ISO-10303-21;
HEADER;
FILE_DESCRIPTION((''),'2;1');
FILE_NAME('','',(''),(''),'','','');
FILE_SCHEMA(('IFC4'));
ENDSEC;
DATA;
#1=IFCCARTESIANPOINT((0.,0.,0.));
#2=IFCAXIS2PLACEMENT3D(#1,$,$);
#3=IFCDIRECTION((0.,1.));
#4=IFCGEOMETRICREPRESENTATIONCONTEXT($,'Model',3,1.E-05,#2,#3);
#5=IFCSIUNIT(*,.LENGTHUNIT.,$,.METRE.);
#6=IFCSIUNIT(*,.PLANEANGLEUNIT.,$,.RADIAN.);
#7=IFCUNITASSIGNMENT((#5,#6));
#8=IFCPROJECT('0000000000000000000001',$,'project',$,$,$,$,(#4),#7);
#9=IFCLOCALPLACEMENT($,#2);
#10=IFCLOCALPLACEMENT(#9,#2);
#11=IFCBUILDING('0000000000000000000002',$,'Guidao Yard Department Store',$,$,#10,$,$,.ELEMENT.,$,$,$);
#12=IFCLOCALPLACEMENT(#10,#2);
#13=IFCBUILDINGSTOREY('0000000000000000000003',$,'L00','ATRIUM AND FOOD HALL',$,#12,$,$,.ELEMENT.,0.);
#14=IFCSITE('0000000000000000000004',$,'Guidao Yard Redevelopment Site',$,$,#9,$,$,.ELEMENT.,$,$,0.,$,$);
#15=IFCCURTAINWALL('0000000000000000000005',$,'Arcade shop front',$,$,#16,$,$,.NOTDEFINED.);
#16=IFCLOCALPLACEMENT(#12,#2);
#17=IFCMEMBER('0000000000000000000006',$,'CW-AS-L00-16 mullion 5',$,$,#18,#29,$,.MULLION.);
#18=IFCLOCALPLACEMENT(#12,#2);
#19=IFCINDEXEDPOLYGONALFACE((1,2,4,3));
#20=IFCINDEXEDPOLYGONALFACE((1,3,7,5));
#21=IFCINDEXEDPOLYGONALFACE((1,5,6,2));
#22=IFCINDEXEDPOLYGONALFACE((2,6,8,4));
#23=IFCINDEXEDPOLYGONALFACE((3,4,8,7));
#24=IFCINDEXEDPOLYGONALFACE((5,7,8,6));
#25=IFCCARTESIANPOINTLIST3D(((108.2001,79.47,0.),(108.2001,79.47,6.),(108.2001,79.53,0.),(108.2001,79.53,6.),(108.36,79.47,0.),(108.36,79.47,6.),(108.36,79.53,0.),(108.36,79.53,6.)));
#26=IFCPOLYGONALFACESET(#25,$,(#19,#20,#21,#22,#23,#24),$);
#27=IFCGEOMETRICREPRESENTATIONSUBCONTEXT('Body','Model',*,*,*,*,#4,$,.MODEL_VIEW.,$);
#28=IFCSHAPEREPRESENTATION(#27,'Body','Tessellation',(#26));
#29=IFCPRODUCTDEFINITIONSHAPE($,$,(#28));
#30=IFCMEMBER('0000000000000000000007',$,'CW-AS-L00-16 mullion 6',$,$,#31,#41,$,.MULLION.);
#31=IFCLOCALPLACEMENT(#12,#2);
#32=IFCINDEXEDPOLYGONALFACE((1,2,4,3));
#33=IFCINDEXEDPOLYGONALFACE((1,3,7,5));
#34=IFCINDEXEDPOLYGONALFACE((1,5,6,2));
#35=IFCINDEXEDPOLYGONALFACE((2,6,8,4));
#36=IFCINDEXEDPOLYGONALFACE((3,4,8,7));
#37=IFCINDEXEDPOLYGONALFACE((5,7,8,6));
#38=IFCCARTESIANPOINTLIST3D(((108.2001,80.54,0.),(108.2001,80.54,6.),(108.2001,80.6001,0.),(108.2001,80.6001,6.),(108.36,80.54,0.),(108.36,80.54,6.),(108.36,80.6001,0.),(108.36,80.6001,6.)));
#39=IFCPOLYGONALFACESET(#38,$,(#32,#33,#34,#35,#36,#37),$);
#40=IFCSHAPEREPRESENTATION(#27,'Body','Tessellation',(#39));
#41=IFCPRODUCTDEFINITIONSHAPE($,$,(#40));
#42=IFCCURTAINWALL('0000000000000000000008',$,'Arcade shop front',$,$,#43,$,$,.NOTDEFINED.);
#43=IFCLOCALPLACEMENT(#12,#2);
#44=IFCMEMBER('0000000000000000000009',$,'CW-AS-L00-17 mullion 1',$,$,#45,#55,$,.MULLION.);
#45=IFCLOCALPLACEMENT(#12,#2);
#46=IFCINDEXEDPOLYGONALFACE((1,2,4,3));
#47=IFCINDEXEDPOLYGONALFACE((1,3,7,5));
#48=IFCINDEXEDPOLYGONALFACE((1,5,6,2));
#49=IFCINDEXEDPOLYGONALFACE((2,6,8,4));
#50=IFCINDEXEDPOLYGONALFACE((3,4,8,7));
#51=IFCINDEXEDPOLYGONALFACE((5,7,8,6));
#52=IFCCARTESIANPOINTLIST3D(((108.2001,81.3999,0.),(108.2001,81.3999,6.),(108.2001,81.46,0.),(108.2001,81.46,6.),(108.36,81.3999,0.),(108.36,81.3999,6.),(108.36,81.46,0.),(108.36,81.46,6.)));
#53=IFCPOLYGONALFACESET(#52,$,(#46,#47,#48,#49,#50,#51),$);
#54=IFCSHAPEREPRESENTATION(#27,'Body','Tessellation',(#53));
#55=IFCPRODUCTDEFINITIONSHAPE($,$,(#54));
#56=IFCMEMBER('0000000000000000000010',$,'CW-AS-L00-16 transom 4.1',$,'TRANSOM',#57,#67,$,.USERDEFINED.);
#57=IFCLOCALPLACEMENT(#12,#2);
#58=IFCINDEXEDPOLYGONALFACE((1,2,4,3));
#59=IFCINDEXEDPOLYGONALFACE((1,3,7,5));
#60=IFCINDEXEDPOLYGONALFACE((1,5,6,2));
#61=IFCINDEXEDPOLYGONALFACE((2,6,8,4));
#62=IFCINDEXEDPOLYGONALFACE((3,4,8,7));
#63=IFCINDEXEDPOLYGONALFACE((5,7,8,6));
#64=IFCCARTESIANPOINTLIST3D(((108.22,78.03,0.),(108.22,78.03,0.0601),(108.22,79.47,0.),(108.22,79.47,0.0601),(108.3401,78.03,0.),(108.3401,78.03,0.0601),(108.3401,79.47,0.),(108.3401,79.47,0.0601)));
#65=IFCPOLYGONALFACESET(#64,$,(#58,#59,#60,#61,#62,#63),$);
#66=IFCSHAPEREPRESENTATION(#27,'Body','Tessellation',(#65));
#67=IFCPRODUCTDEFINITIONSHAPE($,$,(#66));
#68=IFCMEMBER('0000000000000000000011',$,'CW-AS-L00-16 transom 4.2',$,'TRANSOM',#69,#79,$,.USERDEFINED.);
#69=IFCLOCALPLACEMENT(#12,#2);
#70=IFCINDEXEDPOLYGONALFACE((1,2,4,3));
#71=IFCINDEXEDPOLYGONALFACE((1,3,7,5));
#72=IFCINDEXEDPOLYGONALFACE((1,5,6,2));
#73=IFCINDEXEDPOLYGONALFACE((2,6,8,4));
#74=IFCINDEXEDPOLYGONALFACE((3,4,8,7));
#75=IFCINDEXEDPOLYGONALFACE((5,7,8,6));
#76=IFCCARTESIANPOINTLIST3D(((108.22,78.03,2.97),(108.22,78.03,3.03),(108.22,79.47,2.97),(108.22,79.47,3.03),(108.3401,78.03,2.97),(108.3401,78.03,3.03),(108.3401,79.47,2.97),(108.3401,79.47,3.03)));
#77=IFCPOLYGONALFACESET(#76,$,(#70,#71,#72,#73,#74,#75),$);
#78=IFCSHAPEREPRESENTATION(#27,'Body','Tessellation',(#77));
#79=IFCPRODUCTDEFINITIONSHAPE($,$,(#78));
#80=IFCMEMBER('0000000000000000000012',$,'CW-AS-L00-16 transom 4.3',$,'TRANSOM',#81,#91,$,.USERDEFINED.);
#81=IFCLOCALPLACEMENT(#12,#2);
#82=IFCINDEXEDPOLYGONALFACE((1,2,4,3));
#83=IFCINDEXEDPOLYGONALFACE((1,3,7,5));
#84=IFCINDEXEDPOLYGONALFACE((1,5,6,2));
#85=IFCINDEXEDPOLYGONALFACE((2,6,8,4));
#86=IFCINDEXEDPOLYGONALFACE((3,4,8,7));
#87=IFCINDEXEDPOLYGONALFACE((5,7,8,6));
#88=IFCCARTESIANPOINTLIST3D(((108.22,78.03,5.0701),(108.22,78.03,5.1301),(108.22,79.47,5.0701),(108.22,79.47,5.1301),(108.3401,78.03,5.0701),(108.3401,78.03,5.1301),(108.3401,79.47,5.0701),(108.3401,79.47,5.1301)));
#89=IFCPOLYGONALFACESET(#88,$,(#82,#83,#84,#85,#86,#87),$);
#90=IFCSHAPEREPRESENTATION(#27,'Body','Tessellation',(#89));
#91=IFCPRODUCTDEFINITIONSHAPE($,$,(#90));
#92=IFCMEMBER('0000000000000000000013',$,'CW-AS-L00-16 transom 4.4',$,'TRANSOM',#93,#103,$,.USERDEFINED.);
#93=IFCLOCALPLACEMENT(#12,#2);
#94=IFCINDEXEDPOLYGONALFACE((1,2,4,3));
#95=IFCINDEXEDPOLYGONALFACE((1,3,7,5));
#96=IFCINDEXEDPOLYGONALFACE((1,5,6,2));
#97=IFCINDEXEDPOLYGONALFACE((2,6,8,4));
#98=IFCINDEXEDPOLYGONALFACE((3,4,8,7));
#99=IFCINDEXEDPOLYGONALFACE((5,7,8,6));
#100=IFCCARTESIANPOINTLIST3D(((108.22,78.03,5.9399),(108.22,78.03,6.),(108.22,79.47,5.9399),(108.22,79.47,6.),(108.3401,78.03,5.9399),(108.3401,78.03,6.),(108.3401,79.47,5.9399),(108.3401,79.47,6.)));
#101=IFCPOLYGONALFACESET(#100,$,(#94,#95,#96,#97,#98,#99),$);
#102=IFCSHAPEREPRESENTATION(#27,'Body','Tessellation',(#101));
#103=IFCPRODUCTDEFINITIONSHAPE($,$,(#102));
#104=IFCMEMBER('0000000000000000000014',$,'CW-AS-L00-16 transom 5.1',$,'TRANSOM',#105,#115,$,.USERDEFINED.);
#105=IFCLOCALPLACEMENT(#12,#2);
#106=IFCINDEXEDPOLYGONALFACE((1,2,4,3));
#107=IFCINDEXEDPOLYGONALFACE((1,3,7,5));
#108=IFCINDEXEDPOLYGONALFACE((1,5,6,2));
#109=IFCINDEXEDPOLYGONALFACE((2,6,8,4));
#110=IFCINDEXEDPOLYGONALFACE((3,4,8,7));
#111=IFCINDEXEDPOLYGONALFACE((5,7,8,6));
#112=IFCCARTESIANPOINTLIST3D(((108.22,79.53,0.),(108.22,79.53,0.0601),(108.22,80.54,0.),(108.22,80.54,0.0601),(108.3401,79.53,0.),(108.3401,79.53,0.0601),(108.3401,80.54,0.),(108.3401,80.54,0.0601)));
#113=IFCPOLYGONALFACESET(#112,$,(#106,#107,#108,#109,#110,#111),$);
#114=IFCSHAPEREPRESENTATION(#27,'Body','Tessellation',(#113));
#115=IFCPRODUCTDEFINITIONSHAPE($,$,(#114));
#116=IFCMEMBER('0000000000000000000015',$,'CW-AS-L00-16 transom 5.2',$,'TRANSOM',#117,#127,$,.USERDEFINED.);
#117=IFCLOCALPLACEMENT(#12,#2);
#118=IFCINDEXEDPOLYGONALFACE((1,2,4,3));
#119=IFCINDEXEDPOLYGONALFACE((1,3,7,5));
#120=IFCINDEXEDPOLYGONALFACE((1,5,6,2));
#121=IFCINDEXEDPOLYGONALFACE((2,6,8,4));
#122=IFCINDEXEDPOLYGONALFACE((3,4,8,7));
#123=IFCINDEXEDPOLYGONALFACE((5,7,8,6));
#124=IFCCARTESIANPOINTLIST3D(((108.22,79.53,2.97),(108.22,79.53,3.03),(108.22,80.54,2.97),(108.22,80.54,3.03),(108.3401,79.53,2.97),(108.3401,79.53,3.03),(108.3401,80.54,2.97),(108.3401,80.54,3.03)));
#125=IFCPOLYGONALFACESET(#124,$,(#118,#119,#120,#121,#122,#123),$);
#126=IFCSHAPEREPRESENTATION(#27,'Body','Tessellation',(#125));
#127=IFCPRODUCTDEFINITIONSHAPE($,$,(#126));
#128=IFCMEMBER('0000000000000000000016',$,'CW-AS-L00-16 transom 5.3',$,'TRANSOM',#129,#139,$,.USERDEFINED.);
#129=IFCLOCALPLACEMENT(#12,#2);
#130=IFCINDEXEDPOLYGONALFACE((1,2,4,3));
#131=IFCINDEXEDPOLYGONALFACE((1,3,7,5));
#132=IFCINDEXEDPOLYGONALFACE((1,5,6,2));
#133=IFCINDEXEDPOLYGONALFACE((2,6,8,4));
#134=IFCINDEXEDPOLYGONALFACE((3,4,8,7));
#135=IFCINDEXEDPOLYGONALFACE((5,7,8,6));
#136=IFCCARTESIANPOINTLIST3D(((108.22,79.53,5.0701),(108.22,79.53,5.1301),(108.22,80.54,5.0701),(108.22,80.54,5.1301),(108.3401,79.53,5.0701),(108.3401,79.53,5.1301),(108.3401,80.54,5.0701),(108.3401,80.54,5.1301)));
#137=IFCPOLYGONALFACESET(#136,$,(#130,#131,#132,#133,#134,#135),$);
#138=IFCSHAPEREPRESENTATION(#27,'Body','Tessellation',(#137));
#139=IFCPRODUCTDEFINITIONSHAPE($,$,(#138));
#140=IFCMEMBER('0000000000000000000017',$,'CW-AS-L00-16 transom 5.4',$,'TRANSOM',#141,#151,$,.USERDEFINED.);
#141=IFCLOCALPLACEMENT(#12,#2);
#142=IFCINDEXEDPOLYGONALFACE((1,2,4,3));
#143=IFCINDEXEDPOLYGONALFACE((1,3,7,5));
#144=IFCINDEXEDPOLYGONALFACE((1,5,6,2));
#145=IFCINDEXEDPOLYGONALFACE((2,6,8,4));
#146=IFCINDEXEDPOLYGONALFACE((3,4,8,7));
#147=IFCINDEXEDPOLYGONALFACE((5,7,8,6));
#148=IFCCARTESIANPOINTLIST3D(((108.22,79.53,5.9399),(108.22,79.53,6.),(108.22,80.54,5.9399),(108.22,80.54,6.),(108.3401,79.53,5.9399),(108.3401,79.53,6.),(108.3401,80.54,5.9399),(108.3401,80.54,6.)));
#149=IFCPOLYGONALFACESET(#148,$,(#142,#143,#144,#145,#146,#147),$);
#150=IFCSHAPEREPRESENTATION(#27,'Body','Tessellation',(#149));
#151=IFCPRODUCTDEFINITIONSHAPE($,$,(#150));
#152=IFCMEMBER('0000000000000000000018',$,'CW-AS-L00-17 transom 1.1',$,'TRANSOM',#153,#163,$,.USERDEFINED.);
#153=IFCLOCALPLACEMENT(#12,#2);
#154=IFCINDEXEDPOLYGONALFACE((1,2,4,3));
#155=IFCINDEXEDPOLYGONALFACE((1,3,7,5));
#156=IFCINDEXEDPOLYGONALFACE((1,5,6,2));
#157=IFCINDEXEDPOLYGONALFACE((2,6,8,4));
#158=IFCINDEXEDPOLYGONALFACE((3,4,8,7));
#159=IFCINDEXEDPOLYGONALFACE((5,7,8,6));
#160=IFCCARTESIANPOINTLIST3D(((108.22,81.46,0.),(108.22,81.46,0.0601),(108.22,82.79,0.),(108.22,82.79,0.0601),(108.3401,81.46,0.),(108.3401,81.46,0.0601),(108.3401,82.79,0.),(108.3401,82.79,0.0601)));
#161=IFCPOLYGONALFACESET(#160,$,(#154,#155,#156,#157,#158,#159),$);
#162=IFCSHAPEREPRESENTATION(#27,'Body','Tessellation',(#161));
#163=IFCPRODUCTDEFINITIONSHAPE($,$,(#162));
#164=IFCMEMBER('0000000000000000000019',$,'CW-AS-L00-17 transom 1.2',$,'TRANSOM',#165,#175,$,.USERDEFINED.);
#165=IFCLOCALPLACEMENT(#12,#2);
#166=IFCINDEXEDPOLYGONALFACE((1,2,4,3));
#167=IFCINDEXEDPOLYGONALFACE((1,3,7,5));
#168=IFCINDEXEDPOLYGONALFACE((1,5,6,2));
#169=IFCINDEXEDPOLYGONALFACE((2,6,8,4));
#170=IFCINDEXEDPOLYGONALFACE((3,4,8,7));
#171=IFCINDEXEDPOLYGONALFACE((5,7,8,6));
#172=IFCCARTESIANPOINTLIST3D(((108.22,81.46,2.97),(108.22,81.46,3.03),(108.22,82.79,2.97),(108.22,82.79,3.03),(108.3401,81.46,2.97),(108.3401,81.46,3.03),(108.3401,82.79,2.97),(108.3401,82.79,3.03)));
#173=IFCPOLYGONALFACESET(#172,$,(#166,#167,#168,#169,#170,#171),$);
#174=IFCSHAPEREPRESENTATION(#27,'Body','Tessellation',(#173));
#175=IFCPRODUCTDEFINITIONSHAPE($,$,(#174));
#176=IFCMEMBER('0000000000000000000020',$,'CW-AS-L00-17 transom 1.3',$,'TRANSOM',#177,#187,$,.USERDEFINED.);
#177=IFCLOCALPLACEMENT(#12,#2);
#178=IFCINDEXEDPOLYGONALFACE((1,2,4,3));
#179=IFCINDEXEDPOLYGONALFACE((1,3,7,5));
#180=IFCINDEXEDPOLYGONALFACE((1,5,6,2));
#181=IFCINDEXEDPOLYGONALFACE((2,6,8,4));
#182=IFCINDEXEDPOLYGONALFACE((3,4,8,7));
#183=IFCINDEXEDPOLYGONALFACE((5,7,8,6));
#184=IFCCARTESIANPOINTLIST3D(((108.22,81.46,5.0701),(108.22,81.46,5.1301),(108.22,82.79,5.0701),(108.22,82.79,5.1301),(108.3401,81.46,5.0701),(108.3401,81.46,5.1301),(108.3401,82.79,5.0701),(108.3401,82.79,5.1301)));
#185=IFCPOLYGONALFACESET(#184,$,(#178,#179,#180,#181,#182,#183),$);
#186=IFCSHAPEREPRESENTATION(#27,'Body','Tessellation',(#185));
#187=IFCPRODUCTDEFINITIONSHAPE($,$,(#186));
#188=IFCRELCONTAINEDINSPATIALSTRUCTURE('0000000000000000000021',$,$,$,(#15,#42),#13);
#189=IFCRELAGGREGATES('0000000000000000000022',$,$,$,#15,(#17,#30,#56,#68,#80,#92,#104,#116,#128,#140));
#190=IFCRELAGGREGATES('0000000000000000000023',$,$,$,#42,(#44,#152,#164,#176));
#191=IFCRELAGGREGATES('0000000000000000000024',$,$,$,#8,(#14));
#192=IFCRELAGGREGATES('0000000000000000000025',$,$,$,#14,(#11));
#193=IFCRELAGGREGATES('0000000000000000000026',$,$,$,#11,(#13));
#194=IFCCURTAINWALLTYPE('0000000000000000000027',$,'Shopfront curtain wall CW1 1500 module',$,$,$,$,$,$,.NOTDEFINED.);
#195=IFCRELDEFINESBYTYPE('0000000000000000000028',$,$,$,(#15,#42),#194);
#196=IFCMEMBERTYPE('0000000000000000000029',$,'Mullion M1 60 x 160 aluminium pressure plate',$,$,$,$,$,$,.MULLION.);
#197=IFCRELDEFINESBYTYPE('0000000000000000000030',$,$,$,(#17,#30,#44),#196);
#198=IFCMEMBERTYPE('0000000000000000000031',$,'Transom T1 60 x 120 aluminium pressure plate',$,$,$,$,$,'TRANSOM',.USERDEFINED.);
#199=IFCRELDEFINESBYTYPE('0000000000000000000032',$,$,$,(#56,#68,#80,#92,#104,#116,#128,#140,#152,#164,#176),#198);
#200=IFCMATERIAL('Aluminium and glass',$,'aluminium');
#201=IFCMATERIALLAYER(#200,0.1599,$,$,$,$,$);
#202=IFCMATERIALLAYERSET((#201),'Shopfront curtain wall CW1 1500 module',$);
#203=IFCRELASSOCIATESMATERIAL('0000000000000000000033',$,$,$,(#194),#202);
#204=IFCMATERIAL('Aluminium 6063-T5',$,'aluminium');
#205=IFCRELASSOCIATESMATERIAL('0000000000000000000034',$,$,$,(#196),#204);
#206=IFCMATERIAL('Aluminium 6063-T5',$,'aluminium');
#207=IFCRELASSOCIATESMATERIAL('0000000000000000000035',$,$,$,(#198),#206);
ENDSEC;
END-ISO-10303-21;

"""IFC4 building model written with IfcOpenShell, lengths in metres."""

from ifc_helpers import new_model, si_unit, direction, frame, origin, origin_2d, place, context, subcontext, project, spatial, rectangle, extrude, material, layer, layer_set, material_profile, profile_set, type_object, element, aggregate, save


model = new_model("IFC4")

# Units and contexts
model_context = context("Model", 3, precision=1e-05, world=origin(), true_north=direction((0.0, 1.0)))
body_context = subcontext(model_context, "Body", "Model", "MODEL_VIEW")
ifc_project = project(units=[si_unit("LENGTHUNIT", "METRE"), si_unit("PLANEANGLEUNIT", "RADIAN")], contexts=[model_context])

# Site, building, storey
site_placement = place(None, origin())
site = spatial("IfcSite", under=ifc_project, at=site_placement, Name="Guidao Yard Redevelopment Site", CompositionType="ELEMENT", RefElevation=0.0)
building_placement = place(site_placement, origin())
building = spatial("IfcBuilding", under=site, at=building_placement, Name="Guidao Yard Department Store", CompositionType="ELEMENT")
storey_placement = place(building_placement, origin())
storey = spatial("IfcBuildingStorey", under=building, at=storey_placement, Name="L00", Description="ATRIUM AND FOOD HALL", CompositionType="ELEMENT", Elevation=0.0)

# Curtain wall, members
ifc_material_1 = material(Name="Aluminium and glass", Category="aluminium")
ifc_layer_1 = layer(ifc_material_1, 0.1599)
ifc_layer_set_1 = layer_set([ifc_layer_1], Name="Shopfront curtain wall CW1 1500 module")
curtain_wall_type = type_object("IfcCurtainWallType", Name="Shopfront curtain wall CW1 1500 module", PredefinedType="NOTDEFINED", material=ifc_layer_set_1)
curtain_wall_1_placement = place(storey_placement, origin())
curtain_wall_1 = element("IfcCurtainWall", 1, at=curtain_wall_1_placement, inside=storey, type_object=curtain_wall_type, Name="Arcade shop front", PredefinedType="NOTDEFINED")
ifc_material_2 = material(Name="Aluminium 6063-T5", Category="aluminium")
ifc_material_profile_1 = material_profile(ifc_material_2, rectangle(XDim=0.0601, YDim=0.1599, at=origin_2d()), Name="Mullion M1 60 x 160 aluminium pressure plate")
ifc_profile_set_1 = profile_set([ifc_material_profile_1], Name="Aluminium 6063-T5")
member_type_1 = type_object("IfcMemberType", Name="Mullion M1 60 x 160 aluminium pressure plate", PredefinedType="MULLION", material=ifc_profile_set_1)
member_1_placement = place(storey_placement, frame((108.28, 79.5, 0.0), z_axis=(0.0, 0.0, 1.0), x_axis=(0.0, -1.0, 0.0)))
member_1 = element("IfcMember", 2, at=member_1_placement, type_object=member_type_1, Name="CW-AS-L00-16 mullion 5", PredefinedType="MULLION", context=body_context, shape_type="SweptSolid", body=[
    extrude(rectangle(XDim=0.0601, YDim=0.1599, at=origin_2d()), origin(), (0.0, 0.0, 1.0), 6.0),
])
member_2_placement = place(storey_placement, frame((108.28, 80.5701, 0.0), z_axis=(0.0, 0.0, 1.0), x_axis=(0.0, -1.0, 0.0)))
member_2 = element("IfcMember", 3, at=member_2_placement, type_object=member_type_1, Name="CW-AS-L00-16 mullion 6", PredefinedType="MULLION", context=body_context, shape_type="SweptSolid", body=[
    extrude(rectangle(XDim=0.0601, YDim=0.1599, at=origin_2d()), origin(), (0.0, 0.0, 1.0), 6.0),
])

# Curtain wall, member
curtain_wall_2_placement = place(storey_placement, origin())
curtain_wall_2 = element("IfcCurtainWall", 4, at=curtain_wall_2_placement, inside=storey, type_object=curtain_wall_type, Name="Arcade shop front", PredefinedType="NOTDEFINED")
member_3_placement = place(storey_placement, frame((108.28, 81.4299, 0.0), z_axis=(0.0, 0.0, 1.0), x_axis=(0.0, -1.0, 0.0)))
member_3 = element("IfcMember", 5, at=member_3_placement, type_object=member_type_1, Name="CW-AS-L00-17 mullion 1", PredefinedType="MULLION", context=body_context, shape_type="SweptSolid", body=[
    extrude(rectangle(XDim=0.0601, YDim=0.1599, at=origin_2d()), origin(), (0.0, 0.0, 1.0), 6.0),
])

# Members
ifc_material_3 = material(Name="Aluminium 6063-T5", Category="aluminium")
ifc_material_profile_2 = material_profile(ifc_material_3, rectangle(XDim=0.1201, YDim=0.0601, at=origin_2d()), Name="Transom T1 60 x 120 aluminium pressure plate")
ifc_profile_set_2 = profile_set([ifc_material_profile_2], Name="Aluminium 6063-T5")
member_type_2 = type_object("IfcMemberType", Name="Transom T1 60 x 120 aluminium pressure plate", ElementType="TRANSOM", PredefinedType="USERDEFINED", material=ifc_profile_set_2)
member_4_placement = place(storey_placement, frame((108.28, 79.47, 0.03), z_axis=(0.0, -1.0, 0.0), x_axis=(1.0, 0.0, 0.0)))
member_4 = element("IfcMember", 6, at=member_4_placement, type_object=member_type_2, Name="CW-AS-L00-16 transom 4.1", ObjectType="TRANSOM", PredefinedType="USERDEFINED", context=body_context, shape_type="SweptSolid", body=[
    extrude(rectangle(XDim=0.1201, YDim=0.0601, at=origin_2d()), origin(), (0.0, 0.0, 1.0), 1.4399),
])
member_5_placement = place(storey_placement, frame((108.28, 79.47, 3.0), z_axis=(0.0, -1.0, 0.0), x_axis=(1.0, 0.0, 0.0)))
member_5 = element("IfcMember", 7, at=member_5_placement, type_object=member_type_2, Name="CW-AS-L00-16 transom 4.2", ObjectType="TRANSOM", PredefinedType="USERDEFINED", context=body_context, shape_type="SweptSolid", body=[
    extrude(rectangle(XDim=0.1201, YDim=0.0601, at=origin_2d()), origin(), (0.0, 0.0, 1.0), 1.4399),
])
member_6_placement = place(storey_placement, frame((108.28, 79.47, 5.1001), z_axis=(0.0, -1.0, 0.0), x_axis=(1.0, 0.0, 0.0)))
member_6 = element("IfcMember", 8, at=member_6_placement, type_object=member_type_2, Name="CW-AS-L00-16 transom 4.3", ObjectType="TRANSOM", PredefinedType="USERDEFINED", context=body_context, shape_type="SweptSolid", body=[
    extrude(rectangle(XDim=0.1201, YDim=0.0601, at=origin_2d()), origin(), (0.0, 0.0, 1.0), 1.4399),
])
member_7_placement = place(storey_placement, frame((108.28, 79.47, 5.97), z_axis=(0.0, -1.0, 0.0), x_axis=(1.0, 0.0, 0.0)))
member_7 = element("IfcMember", 9, at=member_7_placement, type_object=member_type_2, Name="CW-AS-L00-16 transom 4.4", ObjectType="TRANSOM", PredefinedType="USERDEFINED", context=body_context, shape_type="SweptSolid", body=[
    extrude(rectangle(XDim=0.1201, YDim=0.0601, at=origin_2d()), origin(), (0.0, 0.0, 1.0), 1.4399),
])
member_8_placement = place(storey_placement, frame((108.28, 80.54, 0.03), z_axis=(0.0, -1.0, 0.0), x_axis=(1.0, 0.0, 0.0)))
member_8 = element("IfcMember", 10, at=member_8_placement, type_object=member_type_2, Name="CW-AS-L00-16 transom 5.1", ObjectType="TRANSOM", PredefinedType="USERDEFINED", context=body_context, shape_type="SweptSolid", body=[
    extrude(rectangle(XDim=0.1201, YDim=0.0601, at=origin_2d()), origin(), (0.0, 0.0, 1.0), 1.01),
])
member_9_placement = place(storey_placement, frame((108.28, 80.54, 3.0), z_axis=(0.0, -1.0, 0.0), x_axis=(1.0, 0.0, 0.0)))
member_9 = element("IfcMember", 11, at=member_9_placement, type_object=member_type_2, Name="CW-AS-L00-16 transom 5.2", ObjectType="TRANSOM", PredefinedType="USERDEFINED", context=body_context, shape_type="SweptSolid", body=[
    extrude(rectangle(XDim=0.1201, YDim=0.0601, at=origin_2d()), origin(), (0.0, 0.0, 1.0), 1.01),
])
member_10_placement = place(storey_placement, frame((108.28, 80.54, 5.1001), z_axis=(0.0, -1.0, 0.0), x_axis=(1.0, 0.0, 0.0)))
member_10 = element("IfcMember", 12, at=member_10_placement, type_object=member_type_2, Name="CW-AS-L00-16 transom 5.3", ObjectType="TRANSOM", PredefinedType="USERDEFINED", context=body_context, shape_type="SweptSolid", body=[
    extrude(rectangle(XDim=0.1201, YDim=0.0601, at=origin_2d()), origin(), (0.0, 0.0, 1.0), 1.01),
])
member_11_placement = place(storey_placement, frame((108.28, 80.54, 5.97), z_axis=(0.0, -1.0, 0.0), x_axis=(1.0, 0.0, 0.0)))
member_11 = element("IfcMember", 13, at=member_11_placement, type_object=member_type_2, Name="CW-AS-L00-16 transom 5.4", ObjectType="TRANSOM", PredefinedType="USERDEFINED", context=body_context, shape_type="SweptSolid", body=[
    extrude(rectangle(XDim=0.1201, YDim=0.0601, at=origin_2d()), origin(), (0.0, 0.0, 1.0), 1.01),
])
member_12_placement = place(storey_placement, frame((108.28, 82.79, 0.03), z_axis=(0.0, -1.0, 0.0), x_axis=(1.0, 0.0, 0.0)))
member_12 = element("IfcMember", 14, at=member_12_placement, type_object=member_type_2, Name="CW-AS-L00-17 transom 1.1", ObjectType="TRANSOM", PredefinedType="USERDEFINED", context=body_context, shape_type="SweptSolid", body=[
    extrude(rectangle(XDim=0.1201, YDim=0.0601, at=origin_2d()), origin(), (0.0, 0.0, 1.0), 1.3301),
])
member_13_placement = place(storey_placement, frame((108.28, 82.79, 3.0), z_axis=(0.0, -1.0, 0.0), x_axis=(1.0, 0.0, 0.0)))
member_13 = element("IfcMember", 15, at=member_13_placement, type_object=member_type_2, Name="CW-AS-L00-17 transom 1.2", ObjectType="TRANSOM", PredefinedType="USERDEFINED", context=body_context, shape_type="SweptSolid", body=[
    extrude(rectangle(XDim=0.1201, YDim=0.0601, at=origin_2d()), origin(), (0.0, 0.0, 1.0), 1.3301),
])
member_14_placement = place(storey_placement, frame((108.28, 82.79, 5.1001), z_axis=(0.0, -1.0, 0.0), x_axis=(1.0, 0.0, 0.0)))
member_14 = element("IfcMember", 16, at=member_14_placement, type_object=member_type_2, Name="CW-AS-L00-17 transom 1.3", ObjectType="TRANSOM", PredefinedType="USERDEFINED", context=body_context, shape_type="SweptSolid", body=[
    extrude(rectangle(XDim=0.1201, YDim=0.0601, at=origin_2d()), origin(), (0.0, 0.0, 1.0), 1.3301),
])

aggregate(curtain_wall_1, [member_1, member_2, member_4, member_5, member_6, member_7, member_8, member_9, member_10, member_11])
aggregate(curtain_wall_2, [member_3, member_12, member_13, member_14])

save(model, "model.ifc")
